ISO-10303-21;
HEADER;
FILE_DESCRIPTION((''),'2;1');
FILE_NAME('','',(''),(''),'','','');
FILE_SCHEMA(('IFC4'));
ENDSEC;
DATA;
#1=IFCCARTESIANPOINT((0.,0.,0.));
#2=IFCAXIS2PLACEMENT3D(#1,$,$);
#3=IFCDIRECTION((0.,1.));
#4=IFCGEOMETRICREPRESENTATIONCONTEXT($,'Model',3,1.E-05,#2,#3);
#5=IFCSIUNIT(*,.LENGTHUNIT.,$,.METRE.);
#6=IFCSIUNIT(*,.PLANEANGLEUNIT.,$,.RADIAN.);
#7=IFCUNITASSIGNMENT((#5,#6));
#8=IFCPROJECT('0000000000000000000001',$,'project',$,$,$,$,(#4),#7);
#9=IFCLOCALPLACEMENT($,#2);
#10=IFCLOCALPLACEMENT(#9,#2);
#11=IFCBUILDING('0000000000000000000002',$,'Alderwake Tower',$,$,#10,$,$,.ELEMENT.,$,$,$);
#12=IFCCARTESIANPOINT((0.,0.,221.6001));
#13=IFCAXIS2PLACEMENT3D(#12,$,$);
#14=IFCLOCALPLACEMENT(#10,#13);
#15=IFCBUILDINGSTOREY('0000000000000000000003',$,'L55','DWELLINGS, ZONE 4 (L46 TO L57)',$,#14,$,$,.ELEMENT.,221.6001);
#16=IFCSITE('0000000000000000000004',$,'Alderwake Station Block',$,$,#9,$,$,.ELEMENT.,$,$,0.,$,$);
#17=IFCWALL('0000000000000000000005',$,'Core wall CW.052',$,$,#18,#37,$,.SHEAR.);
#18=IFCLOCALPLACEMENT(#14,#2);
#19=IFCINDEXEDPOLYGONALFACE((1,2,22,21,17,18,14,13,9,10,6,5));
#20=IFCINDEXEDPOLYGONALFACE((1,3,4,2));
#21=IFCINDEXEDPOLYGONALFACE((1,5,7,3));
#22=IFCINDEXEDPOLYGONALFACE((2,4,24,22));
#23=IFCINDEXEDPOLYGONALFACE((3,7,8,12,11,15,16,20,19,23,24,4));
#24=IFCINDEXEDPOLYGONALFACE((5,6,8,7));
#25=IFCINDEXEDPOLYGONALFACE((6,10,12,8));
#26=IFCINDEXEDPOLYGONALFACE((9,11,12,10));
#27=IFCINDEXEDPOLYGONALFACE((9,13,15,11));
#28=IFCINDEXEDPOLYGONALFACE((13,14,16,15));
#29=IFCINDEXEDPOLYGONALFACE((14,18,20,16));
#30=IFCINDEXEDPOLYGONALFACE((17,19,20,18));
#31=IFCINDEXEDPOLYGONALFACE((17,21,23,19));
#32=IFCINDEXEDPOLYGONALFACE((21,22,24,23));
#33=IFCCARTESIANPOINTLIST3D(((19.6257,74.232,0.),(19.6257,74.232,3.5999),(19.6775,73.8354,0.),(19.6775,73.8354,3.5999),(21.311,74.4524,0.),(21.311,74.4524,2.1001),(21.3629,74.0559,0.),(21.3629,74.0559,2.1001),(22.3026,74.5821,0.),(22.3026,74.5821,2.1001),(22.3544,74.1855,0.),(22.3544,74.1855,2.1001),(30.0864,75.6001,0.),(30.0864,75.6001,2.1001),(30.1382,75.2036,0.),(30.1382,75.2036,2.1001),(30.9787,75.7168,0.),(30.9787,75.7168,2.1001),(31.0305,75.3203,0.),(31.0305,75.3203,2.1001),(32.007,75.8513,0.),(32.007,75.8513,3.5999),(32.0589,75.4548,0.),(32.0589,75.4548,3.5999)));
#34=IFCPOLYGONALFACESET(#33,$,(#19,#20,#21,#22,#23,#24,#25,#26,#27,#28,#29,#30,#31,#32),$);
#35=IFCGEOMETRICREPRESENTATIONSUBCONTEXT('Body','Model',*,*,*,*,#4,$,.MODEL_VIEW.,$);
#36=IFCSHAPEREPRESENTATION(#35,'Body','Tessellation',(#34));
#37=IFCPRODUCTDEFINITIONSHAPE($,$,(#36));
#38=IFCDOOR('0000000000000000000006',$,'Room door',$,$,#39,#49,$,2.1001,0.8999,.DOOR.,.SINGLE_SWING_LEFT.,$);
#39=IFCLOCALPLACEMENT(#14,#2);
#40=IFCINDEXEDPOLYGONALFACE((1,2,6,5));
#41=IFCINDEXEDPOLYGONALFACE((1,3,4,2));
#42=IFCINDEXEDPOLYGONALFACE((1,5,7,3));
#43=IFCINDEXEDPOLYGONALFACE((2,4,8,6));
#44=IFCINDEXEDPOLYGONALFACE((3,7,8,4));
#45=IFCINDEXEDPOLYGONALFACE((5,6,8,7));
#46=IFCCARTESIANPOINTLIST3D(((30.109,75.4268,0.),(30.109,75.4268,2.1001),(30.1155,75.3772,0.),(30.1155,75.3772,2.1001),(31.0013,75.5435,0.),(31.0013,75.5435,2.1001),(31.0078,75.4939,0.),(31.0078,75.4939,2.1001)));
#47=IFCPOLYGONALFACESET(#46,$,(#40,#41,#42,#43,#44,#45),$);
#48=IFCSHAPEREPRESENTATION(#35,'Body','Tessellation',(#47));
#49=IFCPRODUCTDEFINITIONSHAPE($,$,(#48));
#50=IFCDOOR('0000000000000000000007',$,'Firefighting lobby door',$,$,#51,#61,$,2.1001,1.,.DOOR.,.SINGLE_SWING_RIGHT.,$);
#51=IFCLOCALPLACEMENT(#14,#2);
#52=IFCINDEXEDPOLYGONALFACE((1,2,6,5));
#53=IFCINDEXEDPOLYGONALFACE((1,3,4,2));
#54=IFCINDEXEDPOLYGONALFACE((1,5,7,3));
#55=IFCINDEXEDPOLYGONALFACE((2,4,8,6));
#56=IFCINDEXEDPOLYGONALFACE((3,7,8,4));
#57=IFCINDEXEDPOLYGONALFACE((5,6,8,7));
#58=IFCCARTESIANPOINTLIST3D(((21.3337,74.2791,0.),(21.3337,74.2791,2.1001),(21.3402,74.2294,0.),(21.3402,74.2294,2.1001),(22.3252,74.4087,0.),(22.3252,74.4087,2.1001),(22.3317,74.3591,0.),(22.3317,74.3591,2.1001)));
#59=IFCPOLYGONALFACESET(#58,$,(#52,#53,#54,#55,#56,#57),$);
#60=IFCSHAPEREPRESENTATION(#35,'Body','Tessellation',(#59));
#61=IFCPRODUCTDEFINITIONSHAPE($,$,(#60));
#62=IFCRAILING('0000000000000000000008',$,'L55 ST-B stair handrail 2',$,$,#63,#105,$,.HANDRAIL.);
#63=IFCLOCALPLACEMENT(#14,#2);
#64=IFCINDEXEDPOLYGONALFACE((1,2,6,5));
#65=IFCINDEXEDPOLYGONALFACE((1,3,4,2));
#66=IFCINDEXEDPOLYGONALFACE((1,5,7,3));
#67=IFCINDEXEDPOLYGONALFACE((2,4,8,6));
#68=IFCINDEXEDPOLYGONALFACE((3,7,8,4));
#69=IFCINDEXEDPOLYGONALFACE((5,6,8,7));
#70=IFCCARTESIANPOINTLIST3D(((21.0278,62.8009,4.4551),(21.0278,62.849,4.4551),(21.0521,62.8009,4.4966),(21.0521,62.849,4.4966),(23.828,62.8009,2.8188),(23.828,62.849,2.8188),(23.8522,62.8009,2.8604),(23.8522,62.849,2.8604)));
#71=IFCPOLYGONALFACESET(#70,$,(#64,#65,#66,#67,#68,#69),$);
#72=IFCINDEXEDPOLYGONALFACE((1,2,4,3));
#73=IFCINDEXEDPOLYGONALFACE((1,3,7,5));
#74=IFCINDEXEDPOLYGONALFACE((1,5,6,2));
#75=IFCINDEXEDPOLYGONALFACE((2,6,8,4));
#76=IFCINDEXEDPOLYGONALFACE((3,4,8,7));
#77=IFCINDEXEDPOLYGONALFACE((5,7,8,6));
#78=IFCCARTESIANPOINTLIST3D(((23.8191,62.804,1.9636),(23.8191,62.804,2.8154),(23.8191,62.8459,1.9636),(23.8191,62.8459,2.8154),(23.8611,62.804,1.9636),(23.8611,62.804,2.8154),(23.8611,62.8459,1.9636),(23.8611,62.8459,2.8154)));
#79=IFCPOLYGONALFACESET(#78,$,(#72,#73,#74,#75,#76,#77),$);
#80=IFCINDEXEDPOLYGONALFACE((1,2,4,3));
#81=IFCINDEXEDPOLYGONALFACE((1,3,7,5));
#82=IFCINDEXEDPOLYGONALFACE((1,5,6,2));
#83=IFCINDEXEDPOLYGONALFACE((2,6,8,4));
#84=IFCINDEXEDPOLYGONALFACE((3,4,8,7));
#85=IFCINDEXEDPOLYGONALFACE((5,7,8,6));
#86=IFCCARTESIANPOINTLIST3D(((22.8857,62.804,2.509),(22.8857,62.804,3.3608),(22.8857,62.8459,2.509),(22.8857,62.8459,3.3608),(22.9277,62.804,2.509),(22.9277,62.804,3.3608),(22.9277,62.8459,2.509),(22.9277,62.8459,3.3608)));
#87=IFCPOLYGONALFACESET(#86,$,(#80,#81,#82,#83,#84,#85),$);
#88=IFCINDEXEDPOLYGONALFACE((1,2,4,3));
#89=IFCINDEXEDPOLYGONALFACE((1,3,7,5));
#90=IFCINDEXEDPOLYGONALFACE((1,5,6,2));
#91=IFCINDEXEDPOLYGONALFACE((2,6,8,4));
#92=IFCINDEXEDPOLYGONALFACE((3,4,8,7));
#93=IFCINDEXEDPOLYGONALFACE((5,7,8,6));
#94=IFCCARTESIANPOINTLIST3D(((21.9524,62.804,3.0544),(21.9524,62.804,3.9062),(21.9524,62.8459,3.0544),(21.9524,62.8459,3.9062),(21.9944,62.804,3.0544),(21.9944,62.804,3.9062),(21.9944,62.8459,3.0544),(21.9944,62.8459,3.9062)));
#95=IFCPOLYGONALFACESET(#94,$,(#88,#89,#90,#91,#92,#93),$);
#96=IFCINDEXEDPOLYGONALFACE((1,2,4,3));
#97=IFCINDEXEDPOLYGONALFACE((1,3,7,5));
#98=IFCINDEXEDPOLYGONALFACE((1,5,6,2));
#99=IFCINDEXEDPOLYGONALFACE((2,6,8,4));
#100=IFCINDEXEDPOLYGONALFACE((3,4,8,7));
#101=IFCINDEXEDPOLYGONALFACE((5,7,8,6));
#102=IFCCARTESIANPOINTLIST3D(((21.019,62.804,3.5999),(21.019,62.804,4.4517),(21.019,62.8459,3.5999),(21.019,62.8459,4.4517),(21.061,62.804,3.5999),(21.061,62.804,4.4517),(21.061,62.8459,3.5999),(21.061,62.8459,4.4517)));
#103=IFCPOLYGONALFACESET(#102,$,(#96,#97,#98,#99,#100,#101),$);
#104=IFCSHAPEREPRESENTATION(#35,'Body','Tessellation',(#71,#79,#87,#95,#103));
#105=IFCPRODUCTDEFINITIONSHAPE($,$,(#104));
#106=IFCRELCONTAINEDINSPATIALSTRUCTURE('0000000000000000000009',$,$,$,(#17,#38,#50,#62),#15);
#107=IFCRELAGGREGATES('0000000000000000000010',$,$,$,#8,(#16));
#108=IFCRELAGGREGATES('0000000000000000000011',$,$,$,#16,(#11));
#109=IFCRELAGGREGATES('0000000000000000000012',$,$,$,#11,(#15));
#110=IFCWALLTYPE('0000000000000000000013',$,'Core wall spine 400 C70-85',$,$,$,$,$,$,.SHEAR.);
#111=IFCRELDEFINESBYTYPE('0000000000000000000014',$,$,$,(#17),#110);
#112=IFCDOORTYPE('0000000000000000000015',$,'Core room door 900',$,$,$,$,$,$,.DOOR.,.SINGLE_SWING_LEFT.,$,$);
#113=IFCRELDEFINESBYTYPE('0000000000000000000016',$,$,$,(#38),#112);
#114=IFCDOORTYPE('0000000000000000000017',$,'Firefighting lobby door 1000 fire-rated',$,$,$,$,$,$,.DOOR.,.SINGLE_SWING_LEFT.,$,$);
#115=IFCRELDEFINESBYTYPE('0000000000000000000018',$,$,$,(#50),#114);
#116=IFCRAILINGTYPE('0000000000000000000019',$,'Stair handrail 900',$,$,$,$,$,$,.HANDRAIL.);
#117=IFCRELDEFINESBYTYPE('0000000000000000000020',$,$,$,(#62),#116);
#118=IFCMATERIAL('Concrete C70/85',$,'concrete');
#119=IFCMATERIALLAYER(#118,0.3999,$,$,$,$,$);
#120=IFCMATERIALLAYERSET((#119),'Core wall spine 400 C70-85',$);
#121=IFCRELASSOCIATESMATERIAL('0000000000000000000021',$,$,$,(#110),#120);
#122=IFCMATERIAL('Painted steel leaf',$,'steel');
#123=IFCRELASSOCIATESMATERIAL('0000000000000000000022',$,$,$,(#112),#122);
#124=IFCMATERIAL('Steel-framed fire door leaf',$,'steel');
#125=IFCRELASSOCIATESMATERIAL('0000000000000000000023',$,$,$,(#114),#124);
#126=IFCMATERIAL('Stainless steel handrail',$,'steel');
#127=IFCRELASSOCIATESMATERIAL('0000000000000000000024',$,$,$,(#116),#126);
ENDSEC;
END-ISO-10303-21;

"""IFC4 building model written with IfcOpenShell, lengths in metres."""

from ifc_helpers import new_model, si_unit, direction, frame, frame_2d, origin, origin_2d, place, context, subcontext, project, spatial, rectangle, extrude, material, layer, layer_set, type_object, element, fill, save


model = new_model("IFC4")

# Units and contexts
model_context = context("Model", 3, precision=1e-05, world=origin(), true_north=direction((0.0, 1.0)))
body_context = subcontext(model_context, "Body", "Model", "MODEL_VIEW")
ifc_project = project(units=[si_unit("LENGTHUNIT", "METRE"), si_unit("PLANEANGLEUNIT", "RADIAN")], contexts=[model_context])

# Site, building, storey
site_placement = place(None, origin())
site = spatial("IfcSite", under=ifc_project, at=site_placement, Name="Alderwake Station Block", CompositionType="ELEMENT", RefElevation=0.0)
building_placement = place(site_placement, origin())
building = spatial("IfcBuilding", under=site, at=building_placement, Name="Alderwake Tower", CompositionType="ELEMENT")
storey_placement = place(building_placement, frame((0.0, 0.0, 221.6001)))
storey = spatial("IfcBuildingStorey", under=building, at=storey_placement, Name="L55", Description="DWELLINGS, ZONE 4 (L46 TO L57)", CompositionType="ELEMENT", Elevation=221.6001)

# Shared definitions
ifc_material_1 = material(Name="Concrete C70/85", Category="concrete")
ifc_layer_1 = layer(ifc_material_1, 0.3999)
ifc_layer_set_1 = layer_set([ifc_layer_1], Name="Core wall spine 400 C70-85")
wall_type_1 = type_object("IfcWallType", Name="Core wall spine 400 C70-85", PredefinedType="SHEAR", material=ifc_layer_set_1)
ifc_material_2 = material(Name="Painted steel leaf", Category="steel")
door_type_1 = type_object("IfcDoorType", Name="Core room door 900", OperationType="SINGLE_SWING_LEFT", PredefinedType="DOOR", material=ifc_material_2)

# Wall, openings, doors
wall_1_placement = place(storey_placement, frame((32.033, 75.6531, 0.0), z_axis=(0.0, 0.0, 1.0), x_axis=(-0.991555, -0.129688, 0.0)))
wall_1 = element("IfcWall", 1, at=wall_1_placement, inside=storey, type_object=wall_type_1, Name="Core wall CW.052", PredefinedType="SHEAR", context=body_context, shape_type="SweptSolid", body=[
    extrude(rectangle(XDim=12.4868, YDim=0.3999, at=frame_2d((6.2434, 0.0))), origin(), (0.0, 0.0, 1.0), 3.5999),
])
opening_1_placement = place(wall_1_placement, frame((9.7871, 0.0, 0.0)))
opening_1 = element("IfcOpeningElement", 2, at=opening_1_placement, cuts=wall_1, PredefinedType="OPENING", context=body_context, shape_type="SweptSolid", body=[
    extrude(rectangle(XDim=1.0, YDim=2.1001, at=frame_2d((0.5, 1.05))), frame((0.0, 0.21, 0.0), z_axis=(0.0, -1.0, 0.0), x_axis=(1.0, 0.0, 0.0)), (0.0, 0.0, 1.0), 0.4199),
])
opening_2_placement = place(wall_1_placement, frame((1.0371, 0.0, 0.0)))
opening_2 = element("IfcOpeningElement", 3, at=opening_2_placement, cuts=wall_1, PredefinedType="OPENING", context=body_context, shape_type="SweptSolid", body=[
    extrude(rectangle(XDim=0.8999, YDim=2.1001, at=frame_2d((0.45, 1.05))), frame((0.0, 0.21, 0.0), z_axis=(0.0, -1.0, 0.0), x_axis=(1.0, 0.0, 0.0)), (0.0, 0.0, 1.0), 0.4199),
])
door_1_placement = place(opening_2_placement, origin())
door_1 = element("IfcDoor", 4, at=door_1_placement, inside=storey, type_object=door_type_1, Name="Room door", OperationType="SINGLE_SWING_LEFT", OverallHeight=2.1001, OverallWidth=0.8999, PredefinedType="DOOR", context=body_context, shape_type="SweptSolid", body=[
    extrude(rectangle(XDim=0.8999, YDim=2.1001, at=frame_2d((0.45, 1.05))), frame((0.0, 0.0249, 0.0), z_axis=(0.0, -1.0, 0.0), x_axis=(1.0, 0.0, 0.0)), (0.0, 0.0, 1.0), 0.05),
])
fill(opening_2, door_1)
ifc_material_3 = material(Name="Steel-framed fire door leaf", Category="steel")
door_type_2 = type_object("IfcDoorType", Name="Firefighting lobby door 1000 fire-rated", OperationType="SINGLE_SWING_LEFT", PredefinedType="DOOR", material=ifc_material_3)
door_2_placement = place(opening_1_placement, origin())
door_2 = element("IfcDoor", 5, at=door_2_placement, inside=storey, type_object=door_type_2, Name="Firefighting lobby door", OperationType="SINGLE_SWING_RIGHT", OverallHeight=2.1001, OverallWidth=1.0, PredefinedType="DOOR", context=body_context, shape_type="SweptSolid", body=[
    extrude(rectangle(XDim=1.0, YDim=2.1001, at=frame_2d((0.5, 1.05))), frame((0.0, 0.0249, 0.0), z_axis=(0.0, -1.0, 0.0), x_axis=(1.0, 0.0, 0.0)), (0.0, 0.0, 1.0), 0.05),
])
fill(opening_1, door_2)

# Railing
ifc_material_4 = material(Name="Stainless steel handrail", Category="steel")
railing_type = type_object("IfcRailingType", Name="Stair handrail 900", PredefinedType="HANDRAIL", material=ifc_material_4)
railing_placement = place(storey_placement, frame((23.8401, 62.825, 1.9636)))
element("IfcRailing", 6, at=railing_placement, inside=storey, type_object=railing_type, Name="L55 ST-B stair handrail 2", PredefinedType="HANDRAIL", context=body_context, shape_type="SweptSolid", body=[
    extrude(rectangle(XDim=0.0481, YDim=0.0481, at=origin_2d()), frame((0.0, 0.0, 0.876), z_axis=(-0.863394, 0.0, 0.504531), x_axis=(0.0, -1.0, 0.0)), (0.0, 0.0, 1.0), 3.2432),
    extrude(rectangle(XDim=0.042, YDim=0.042, at=origin_2d()), frame((0.0, 0.0, 0.0), z_axis=(0.0, 0.0, 1.0), x_axis=(-1.0, 0.0, 0.0)), (0.0, 0.0, 1.0), 0.8518),
    extrude(rectangle(XDim=0.042, YDim=0.042, at=origin_2d()), frame((-0.9333, 0.0, 0.5454), z_axis=(0.0, 0.0, 1.0), x_axis=(-1.0, 0.0, 0.0)), (0.0, 0.0, 1.0), 0.8518),
    extrude(rectangle(XDim=0.042, YDim=0.042, at=origin_2d()), frame((-1.8667, 0.0, 1.0908), z_axis=(0.0, 0.0, 1.0), x_axis=(-1.0, 0.0, 0.0)), (0.0, 0.0, 1.0), 0.8518),
    extrude(rectangle(XDim=0.042, YDim=0.042, at=origin_2d()), frame((-2.8, 0.0, 1.6362), z_axis=(0.0, 0.0, 1.0), x_axis=(-1.0, 0.0, 0.0)), (0.0, 0.0, 1.0), 0.8518),
])

save(model, "model.ifc")
